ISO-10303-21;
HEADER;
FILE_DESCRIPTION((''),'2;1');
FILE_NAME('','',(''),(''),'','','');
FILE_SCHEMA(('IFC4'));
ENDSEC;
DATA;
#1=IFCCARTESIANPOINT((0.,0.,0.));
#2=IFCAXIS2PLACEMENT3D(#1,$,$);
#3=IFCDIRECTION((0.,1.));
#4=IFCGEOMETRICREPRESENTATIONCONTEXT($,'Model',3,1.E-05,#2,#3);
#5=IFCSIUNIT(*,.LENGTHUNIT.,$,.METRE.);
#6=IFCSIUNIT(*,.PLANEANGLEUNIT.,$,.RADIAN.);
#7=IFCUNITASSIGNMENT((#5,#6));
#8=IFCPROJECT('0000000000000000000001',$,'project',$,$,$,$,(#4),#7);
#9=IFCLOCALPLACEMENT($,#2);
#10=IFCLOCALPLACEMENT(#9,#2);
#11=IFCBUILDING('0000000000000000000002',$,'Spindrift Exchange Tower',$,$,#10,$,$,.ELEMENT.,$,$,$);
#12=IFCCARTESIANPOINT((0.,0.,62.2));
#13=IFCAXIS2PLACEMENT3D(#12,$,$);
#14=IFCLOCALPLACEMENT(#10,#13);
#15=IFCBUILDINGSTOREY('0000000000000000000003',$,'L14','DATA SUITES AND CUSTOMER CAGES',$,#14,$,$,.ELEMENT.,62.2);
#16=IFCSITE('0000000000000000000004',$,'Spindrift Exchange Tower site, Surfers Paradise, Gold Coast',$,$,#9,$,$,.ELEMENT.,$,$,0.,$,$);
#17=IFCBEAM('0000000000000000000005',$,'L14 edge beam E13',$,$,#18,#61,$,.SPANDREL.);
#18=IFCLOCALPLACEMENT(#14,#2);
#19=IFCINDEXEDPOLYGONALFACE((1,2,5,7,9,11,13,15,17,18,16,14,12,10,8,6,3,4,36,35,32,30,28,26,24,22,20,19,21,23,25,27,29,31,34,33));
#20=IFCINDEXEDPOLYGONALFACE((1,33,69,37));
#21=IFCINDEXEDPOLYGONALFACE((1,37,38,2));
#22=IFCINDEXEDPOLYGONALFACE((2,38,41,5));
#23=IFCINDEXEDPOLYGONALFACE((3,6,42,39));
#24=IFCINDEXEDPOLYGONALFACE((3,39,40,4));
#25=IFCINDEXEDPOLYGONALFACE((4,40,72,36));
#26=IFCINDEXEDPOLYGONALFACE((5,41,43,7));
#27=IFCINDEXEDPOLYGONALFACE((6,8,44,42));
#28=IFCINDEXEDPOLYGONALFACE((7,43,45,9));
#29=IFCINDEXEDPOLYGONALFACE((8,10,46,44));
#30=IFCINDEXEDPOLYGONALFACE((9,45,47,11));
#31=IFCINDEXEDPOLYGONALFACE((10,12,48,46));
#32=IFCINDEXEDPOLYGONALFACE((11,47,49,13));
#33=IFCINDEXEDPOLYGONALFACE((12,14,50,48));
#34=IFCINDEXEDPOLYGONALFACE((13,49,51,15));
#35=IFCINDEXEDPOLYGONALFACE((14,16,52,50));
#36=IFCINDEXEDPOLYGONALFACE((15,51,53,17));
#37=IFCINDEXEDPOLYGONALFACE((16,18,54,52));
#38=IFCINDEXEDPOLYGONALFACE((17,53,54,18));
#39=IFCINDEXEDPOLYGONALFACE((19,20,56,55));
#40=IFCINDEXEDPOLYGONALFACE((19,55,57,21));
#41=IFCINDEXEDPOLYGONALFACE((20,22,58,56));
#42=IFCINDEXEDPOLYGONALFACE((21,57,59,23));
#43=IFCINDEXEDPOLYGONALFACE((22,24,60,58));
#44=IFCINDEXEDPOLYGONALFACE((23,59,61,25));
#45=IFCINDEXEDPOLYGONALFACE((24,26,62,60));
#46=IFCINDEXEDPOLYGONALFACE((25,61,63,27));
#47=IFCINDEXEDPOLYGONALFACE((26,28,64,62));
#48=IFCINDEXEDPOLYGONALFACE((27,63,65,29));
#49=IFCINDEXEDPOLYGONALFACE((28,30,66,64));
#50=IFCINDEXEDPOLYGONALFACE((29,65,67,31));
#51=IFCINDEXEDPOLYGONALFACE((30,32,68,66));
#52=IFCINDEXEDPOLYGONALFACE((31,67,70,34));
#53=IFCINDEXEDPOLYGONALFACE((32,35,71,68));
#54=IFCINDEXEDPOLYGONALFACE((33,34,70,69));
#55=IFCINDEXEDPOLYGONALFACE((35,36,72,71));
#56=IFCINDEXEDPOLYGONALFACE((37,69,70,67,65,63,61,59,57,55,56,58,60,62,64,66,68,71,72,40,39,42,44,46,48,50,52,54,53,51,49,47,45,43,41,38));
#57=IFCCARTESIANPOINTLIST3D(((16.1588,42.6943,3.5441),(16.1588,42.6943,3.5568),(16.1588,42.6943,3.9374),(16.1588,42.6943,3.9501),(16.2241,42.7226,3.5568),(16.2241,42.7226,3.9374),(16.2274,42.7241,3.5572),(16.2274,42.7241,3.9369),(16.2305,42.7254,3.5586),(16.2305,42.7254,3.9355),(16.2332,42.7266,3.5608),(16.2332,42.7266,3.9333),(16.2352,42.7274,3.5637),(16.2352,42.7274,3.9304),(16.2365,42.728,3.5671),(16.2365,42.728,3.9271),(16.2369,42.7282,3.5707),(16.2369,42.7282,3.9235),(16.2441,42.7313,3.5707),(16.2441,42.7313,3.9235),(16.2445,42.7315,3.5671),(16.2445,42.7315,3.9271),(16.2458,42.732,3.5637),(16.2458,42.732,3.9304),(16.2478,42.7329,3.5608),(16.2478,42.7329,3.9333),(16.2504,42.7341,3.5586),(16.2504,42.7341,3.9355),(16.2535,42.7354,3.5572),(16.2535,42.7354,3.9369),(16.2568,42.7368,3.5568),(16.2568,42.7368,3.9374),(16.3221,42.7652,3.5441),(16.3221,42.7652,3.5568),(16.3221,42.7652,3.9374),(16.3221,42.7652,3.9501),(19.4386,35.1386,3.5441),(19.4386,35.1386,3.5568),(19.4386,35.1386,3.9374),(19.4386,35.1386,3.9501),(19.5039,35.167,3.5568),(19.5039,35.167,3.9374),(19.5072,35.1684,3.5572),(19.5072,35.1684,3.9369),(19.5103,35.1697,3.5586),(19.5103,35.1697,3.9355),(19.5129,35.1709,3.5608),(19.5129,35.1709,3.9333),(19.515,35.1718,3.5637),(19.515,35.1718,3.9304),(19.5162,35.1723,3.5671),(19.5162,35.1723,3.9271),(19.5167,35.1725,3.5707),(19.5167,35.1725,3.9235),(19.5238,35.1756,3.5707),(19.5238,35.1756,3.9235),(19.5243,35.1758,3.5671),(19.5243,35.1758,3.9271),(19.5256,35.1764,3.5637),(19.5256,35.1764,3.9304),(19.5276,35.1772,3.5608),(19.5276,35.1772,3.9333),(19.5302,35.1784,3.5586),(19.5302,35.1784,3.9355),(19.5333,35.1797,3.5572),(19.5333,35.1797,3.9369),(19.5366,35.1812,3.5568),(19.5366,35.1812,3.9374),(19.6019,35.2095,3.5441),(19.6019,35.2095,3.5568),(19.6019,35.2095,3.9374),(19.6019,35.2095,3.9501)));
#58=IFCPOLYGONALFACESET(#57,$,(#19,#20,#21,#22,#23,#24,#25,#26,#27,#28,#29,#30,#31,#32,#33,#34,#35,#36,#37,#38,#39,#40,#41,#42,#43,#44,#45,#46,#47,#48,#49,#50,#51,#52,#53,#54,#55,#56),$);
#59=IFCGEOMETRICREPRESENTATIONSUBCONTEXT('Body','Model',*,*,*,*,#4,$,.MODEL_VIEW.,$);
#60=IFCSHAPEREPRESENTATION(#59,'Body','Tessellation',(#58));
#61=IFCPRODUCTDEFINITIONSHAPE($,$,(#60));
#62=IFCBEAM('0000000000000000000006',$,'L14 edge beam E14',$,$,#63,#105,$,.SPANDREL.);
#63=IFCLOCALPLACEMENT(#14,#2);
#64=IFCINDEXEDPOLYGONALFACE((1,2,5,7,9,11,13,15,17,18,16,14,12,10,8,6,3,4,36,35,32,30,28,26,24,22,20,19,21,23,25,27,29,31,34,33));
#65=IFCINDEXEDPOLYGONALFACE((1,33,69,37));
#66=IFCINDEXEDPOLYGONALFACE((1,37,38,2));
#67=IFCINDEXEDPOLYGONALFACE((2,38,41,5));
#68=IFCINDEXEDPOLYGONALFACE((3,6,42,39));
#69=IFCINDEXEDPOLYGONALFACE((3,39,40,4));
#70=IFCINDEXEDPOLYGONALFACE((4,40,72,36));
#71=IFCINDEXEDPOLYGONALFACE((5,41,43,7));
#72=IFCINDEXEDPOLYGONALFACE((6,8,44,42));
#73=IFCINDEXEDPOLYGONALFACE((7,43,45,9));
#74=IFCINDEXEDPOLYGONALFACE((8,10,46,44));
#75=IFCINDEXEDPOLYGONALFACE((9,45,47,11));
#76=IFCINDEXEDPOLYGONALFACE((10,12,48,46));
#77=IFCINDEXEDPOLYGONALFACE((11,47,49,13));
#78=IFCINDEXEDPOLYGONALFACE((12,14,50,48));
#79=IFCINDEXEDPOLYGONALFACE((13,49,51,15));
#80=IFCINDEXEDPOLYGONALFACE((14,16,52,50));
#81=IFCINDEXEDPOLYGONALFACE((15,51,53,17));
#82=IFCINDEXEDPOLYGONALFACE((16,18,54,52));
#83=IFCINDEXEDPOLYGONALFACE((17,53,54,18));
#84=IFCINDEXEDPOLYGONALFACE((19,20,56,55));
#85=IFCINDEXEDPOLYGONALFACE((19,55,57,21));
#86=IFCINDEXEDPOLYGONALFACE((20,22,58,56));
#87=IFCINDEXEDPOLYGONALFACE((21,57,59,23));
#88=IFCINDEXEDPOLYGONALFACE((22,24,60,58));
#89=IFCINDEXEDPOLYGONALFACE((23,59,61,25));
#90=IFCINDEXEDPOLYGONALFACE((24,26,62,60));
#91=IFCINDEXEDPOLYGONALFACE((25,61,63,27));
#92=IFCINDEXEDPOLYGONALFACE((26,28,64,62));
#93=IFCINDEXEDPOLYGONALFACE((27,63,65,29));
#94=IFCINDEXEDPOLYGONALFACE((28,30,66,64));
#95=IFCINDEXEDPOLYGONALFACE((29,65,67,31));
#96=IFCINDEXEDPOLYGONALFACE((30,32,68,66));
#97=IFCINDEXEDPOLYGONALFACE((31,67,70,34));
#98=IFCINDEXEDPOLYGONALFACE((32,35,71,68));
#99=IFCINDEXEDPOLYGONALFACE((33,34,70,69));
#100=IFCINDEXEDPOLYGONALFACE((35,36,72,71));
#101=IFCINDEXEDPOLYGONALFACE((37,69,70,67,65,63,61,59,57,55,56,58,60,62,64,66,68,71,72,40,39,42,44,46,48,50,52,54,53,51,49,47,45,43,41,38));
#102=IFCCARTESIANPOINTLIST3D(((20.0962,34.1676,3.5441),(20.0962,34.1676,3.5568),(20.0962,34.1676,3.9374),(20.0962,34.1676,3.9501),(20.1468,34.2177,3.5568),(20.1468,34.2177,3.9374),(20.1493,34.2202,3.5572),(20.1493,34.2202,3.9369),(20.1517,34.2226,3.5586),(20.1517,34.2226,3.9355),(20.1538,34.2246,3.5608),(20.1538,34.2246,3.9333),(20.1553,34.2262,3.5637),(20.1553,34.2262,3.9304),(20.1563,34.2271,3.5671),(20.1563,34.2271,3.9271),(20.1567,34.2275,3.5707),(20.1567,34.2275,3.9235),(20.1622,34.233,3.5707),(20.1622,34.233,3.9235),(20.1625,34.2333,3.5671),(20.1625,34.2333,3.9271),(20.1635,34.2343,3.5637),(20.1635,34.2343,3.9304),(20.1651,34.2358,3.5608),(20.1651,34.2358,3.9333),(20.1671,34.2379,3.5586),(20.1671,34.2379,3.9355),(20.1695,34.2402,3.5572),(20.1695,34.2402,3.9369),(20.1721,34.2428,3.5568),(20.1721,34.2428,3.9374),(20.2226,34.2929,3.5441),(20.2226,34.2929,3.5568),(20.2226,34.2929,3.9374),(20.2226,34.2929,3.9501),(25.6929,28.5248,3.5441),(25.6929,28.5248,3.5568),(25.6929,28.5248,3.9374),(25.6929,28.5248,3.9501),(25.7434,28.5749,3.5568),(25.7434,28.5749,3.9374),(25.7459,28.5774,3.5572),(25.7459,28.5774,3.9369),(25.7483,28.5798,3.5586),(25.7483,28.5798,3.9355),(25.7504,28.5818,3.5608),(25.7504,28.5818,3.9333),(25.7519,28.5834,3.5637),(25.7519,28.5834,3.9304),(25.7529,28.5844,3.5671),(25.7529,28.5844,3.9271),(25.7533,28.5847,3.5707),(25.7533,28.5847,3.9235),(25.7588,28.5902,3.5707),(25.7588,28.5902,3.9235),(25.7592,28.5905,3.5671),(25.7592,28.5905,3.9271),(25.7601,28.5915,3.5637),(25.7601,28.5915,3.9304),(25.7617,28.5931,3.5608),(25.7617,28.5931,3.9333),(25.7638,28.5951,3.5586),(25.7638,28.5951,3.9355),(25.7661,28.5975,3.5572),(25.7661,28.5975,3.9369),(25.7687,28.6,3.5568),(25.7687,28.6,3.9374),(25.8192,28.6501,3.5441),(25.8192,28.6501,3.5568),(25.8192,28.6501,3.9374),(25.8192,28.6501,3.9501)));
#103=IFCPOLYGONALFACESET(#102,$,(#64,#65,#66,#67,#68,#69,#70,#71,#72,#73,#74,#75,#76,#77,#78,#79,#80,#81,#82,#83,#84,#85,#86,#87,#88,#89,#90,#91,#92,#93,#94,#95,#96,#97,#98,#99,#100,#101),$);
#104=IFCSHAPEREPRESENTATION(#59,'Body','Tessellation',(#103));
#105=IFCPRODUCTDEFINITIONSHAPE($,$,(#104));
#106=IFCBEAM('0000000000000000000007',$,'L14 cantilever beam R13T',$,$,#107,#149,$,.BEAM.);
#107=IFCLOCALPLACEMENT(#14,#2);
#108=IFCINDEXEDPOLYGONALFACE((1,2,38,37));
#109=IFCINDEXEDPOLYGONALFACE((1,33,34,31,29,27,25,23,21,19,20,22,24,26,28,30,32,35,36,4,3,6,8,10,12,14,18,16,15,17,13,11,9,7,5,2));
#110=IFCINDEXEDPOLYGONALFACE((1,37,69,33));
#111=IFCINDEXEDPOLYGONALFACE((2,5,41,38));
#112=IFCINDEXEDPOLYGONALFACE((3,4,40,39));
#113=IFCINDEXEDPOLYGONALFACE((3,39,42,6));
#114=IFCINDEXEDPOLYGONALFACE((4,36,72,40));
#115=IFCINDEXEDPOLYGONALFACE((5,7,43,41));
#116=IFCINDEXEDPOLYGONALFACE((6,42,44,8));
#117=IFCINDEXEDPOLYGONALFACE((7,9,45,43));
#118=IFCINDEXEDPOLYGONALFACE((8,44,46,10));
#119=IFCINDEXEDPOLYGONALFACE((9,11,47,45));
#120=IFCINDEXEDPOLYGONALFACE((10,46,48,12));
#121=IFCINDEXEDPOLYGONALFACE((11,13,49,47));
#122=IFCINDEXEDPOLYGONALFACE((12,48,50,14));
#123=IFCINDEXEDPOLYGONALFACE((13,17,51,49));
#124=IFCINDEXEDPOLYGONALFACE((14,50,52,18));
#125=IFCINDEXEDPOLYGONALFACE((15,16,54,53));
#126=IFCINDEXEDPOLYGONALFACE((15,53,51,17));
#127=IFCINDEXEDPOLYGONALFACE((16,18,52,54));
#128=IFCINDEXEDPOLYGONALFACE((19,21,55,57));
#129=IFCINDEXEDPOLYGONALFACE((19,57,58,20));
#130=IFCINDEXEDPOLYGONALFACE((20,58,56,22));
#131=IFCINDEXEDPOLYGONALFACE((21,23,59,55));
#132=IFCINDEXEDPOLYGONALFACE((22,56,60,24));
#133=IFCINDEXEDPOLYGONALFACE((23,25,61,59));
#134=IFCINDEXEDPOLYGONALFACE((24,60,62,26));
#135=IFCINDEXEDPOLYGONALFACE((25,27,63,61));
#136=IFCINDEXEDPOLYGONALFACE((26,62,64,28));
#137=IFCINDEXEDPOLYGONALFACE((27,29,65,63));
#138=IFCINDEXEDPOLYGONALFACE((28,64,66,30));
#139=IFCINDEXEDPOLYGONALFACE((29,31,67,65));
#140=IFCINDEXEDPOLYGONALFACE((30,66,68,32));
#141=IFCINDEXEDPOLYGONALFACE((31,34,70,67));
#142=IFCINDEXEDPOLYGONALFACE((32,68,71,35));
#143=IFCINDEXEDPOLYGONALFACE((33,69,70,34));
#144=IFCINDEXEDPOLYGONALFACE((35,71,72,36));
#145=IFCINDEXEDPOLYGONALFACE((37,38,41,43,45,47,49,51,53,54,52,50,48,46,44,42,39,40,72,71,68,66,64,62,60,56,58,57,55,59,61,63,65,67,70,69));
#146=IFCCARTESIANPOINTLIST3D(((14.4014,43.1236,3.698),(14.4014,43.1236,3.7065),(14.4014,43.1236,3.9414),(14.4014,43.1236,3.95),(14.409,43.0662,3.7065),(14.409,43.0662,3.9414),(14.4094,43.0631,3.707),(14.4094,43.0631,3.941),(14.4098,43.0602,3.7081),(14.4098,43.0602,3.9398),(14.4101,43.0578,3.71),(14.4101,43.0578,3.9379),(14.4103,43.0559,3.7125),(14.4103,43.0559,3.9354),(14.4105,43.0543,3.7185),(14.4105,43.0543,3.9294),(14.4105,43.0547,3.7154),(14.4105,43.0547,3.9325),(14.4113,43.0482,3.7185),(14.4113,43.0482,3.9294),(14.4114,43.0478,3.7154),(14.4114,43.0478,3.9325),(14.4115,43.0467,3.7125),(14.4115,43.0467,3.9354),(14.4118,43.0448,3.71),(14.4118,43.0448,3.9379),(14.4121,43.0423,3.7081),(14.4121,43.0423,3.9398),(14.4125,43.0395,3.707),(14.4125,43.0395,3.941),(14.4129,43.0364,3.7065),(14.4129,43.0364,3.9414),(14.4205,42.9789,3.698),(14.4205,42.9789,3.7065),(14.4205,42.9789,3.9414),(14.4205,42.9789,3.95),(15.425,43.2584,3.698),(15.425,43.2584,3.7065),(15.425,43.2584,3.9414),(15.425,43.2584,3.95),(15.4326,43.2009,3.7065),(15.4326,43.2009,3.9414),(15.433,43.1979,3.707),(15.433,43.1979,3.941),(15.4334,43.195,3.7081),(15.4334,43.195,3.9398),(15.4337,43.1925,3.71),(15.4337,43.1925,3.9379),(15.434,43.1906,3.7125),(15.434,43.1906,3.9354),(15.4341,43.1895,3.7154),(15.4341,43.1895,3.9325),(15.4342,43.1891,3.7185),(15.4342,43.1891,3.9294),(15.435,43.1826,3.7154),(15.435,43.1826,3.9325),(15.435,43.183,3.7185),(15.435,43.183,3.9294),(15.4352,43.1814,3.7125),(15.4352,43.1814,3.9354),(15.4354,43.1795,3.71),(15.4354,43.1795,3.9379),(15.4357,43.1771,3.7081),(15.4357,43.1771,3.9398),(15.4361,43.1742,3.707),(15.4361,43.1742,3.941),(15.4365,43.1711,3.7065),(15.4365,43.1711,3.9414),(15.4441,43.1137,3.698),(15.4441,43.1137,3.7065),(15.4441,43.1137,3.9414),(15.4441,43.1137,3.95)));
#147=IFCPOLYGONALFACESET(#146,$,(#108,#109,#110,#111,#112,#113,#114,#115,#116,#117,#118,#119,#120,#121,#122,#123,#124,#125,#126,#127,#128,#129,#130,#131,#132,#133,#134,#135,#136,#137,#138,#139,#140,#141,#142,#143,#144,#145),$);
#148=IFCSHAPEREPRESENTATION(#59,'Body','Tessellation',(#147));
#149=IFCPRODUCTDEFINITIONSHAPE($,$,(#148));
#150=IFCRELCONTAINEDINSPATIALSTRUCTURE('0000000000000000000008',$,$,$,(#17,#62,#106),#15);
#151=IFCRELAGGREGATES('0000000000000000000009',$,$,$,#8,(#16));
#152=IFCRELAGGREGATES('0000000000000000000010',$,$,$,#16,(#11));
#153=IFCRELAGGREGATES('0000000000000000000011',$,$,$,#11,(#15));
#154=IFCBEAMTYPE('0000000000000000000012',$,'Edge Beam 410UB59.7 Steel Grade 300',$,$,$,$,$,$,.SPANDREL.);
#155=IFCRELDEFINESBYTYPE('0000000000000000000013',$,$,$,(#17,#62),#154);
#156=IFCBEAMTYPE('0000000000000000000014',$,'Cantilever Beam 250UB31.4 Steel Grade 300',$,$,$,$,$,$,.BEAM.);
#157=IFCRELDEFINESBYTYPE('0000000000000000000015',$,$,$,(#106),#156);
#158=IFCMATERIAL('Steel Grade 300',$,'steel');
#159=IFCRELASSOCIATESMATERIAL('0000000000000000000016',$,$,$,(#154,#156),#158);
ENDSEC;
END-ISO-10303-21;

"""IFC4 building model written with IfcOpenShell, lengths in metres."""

from ifc_helpers import new_model, si_unit, direction, frame, origin, origin_2d, place, context, subcontext, project, spatial, i_section, extrude, source, transform, mapped, material, material_profile, profile_set, type_object, element, save


model = new_model("IFC4")

# Units and contexts
model_context = context("Model", 3, precision=1e-05, world=origin(), true_north=direction((0.0, 1.0)))
body_context = subcontext(model_context, "Body", "Model", "MODEL_VIEW")
ifc_project = project(units=[si_unit("LENGTHUNIT", "METRE"), si_unit("PLANEANGLEUNIT", "RADIAN")], contexts=[model_context])

# Site, building, storey
site_placement = place(None, origin())
site = spatial("IfcSite", under=ifc_project, at=site_placement, Name="Spindrift Exchange Tower site, Surfers Paradise, Gold Coast", CompositionType="ELEMENT", RefElevation=0.0)
building_placement = place(site_placement, origin())
building = spatial("IfcBuilding", under=site, at=building_placement, Name="Spindrift Exchange Tower", CompositionType="ELEMENT")
storey_placement = place(building_placement, frame((0.0, 0.0, 62.2)))
storey = spatial("IfcBuildingStorey", under=building, at=storey_placement, Name="L14", Description="DATA SUITES AND CUSTOMER CAGES", CompositionType="ELEMENT", Elevation=62.2)

# Beams
ifc_material_1 = material(Name="Steel Grade 300", Category="steel")
ifc_material_profile_1 = material_profile(ifc_material_1, i_section(OverallWidth=0.178, OverallDepth=0.406, WebThickness=0.0078, FlangeThickness=0.0127, FilletRadius=0.0139, at=origin_2d()), Name="410UB59.7")
ifc_profile_set_1 = profile_set([ifc_material_profile_1], Name="Steel Grade 300")
beam_type_1 = type_object("IfcBeamType", Name="Edge Beam 410UB59.7 Steel Grade 300", PredefinedType="SPANDREL", material=ifc_profile_set_1)
shared_shape_1 = source(origin(), body_context, "Body", "SweptSolid", [
    extrude(i_section(OverallWidth=0.178, OverallDepth=0.406, WebThickness=0.0078, FlangeThickness=0.0127, FilletRadius=0.0139, at=origin_2d()), origin(), (0.0, 0.0, 1.0), 8.2368),
])
beam_1_placement = place(storey_placement, frame((16.2405, 42.7297, 3.7471), z_axis=(0.398186, -0.917305, 0.0), x_axis=(0.917305, 0.398186, 0.0)))
element("IfcBeam", 1, at=beam_1_placement, inside=storey, type_object=beam_type_1, Name="L14 edge beam E13", PredefinedType="SPANDREL", context=body_context, shape_type="MappedRepresentation", body=[
    mapped(shared_shape_1, transform((0.0, 0.0, 0.0), scale=1.0)),
])
shared_shape_2 = source(origin(), body_context, "Body", "SweptSolid", [
    extrude(i_section(OverallWidth=0.178, OverallDepth=0.406, WebThickness=0.0078, FlangeThickness=0.0127, FilletRadius=0.0139, at=origin_2d()), origin(), (0.0, 0.0, 1.0), 7.9475),
])
beam_2_placement = place(storey_placement, frame((20.1594, 34.2302, 3.7471), z_axis=(0.704198, -0.710004, 0.0), x_axis=(0.710004, 0.704198, 0.0)))
element("IfcBeam", 2, at=beam_2_placement, inside=storey, type_object=beam_type_1, Name="L14 edge beam E14", PredefinedType="SPANDREL", context=body_context, shape_type="MappedRepresentation", body=[
    mapped(shared_shape_2, transform((0.0, 0.0, 0.0), scale=1.0)),
])
ifc_material_profile_2 = material_profile(ifc_material_1, i_section(OverallWidth=0.146, OverallDepth=0.252, WebThickness=0.0061, FlangeThickness=0.0085, FilletRadius=0.012, at=origin_2d()), Name="250UB31.4")
ifc_profile_set_2 = profile_set([ifc_material_profile_2], Name="Steel Grade 300")
beam_type_2 = type_object("IfcBeamType", Name="Cantilever Beam 250UB31.4 Steel Grade 300", PredefinedType="BEAM", material=ifc_profile_set_2)
shared_shape_3 = source(origin(), body_context, "Body", "SweptSolid", [
    extrude(i_section(OverallWidth=0.146, OverallDepth=0.252, WebThickness=0.0061, FlangeThickness=0.0085, FilletRadius=0.012, at=origin_2d()), origin(), (0.0, 0.0, 1.0), 1.0325),
])
beam_3_placement = place(storey_placement, frame((15.4346, 43.186, 3.824), z_axis=(-0.991445, -0.130522, 0.0), x_axis=(0.130522, -0.991445, 0.0)))
element("IfcBeam", 3, at=beam_3_placement, inside=storey, type_object=beam_type_2, Name="L14 cantilever beam R13T", PredefinedType="BEAM", context=body_context, shape_type="MappedRepresentation", body=[
    mapped(shared_shape_3, transform((0.0, 0.0, 0.0), scale=1.0)),
])

save(model, "model.ifc")
